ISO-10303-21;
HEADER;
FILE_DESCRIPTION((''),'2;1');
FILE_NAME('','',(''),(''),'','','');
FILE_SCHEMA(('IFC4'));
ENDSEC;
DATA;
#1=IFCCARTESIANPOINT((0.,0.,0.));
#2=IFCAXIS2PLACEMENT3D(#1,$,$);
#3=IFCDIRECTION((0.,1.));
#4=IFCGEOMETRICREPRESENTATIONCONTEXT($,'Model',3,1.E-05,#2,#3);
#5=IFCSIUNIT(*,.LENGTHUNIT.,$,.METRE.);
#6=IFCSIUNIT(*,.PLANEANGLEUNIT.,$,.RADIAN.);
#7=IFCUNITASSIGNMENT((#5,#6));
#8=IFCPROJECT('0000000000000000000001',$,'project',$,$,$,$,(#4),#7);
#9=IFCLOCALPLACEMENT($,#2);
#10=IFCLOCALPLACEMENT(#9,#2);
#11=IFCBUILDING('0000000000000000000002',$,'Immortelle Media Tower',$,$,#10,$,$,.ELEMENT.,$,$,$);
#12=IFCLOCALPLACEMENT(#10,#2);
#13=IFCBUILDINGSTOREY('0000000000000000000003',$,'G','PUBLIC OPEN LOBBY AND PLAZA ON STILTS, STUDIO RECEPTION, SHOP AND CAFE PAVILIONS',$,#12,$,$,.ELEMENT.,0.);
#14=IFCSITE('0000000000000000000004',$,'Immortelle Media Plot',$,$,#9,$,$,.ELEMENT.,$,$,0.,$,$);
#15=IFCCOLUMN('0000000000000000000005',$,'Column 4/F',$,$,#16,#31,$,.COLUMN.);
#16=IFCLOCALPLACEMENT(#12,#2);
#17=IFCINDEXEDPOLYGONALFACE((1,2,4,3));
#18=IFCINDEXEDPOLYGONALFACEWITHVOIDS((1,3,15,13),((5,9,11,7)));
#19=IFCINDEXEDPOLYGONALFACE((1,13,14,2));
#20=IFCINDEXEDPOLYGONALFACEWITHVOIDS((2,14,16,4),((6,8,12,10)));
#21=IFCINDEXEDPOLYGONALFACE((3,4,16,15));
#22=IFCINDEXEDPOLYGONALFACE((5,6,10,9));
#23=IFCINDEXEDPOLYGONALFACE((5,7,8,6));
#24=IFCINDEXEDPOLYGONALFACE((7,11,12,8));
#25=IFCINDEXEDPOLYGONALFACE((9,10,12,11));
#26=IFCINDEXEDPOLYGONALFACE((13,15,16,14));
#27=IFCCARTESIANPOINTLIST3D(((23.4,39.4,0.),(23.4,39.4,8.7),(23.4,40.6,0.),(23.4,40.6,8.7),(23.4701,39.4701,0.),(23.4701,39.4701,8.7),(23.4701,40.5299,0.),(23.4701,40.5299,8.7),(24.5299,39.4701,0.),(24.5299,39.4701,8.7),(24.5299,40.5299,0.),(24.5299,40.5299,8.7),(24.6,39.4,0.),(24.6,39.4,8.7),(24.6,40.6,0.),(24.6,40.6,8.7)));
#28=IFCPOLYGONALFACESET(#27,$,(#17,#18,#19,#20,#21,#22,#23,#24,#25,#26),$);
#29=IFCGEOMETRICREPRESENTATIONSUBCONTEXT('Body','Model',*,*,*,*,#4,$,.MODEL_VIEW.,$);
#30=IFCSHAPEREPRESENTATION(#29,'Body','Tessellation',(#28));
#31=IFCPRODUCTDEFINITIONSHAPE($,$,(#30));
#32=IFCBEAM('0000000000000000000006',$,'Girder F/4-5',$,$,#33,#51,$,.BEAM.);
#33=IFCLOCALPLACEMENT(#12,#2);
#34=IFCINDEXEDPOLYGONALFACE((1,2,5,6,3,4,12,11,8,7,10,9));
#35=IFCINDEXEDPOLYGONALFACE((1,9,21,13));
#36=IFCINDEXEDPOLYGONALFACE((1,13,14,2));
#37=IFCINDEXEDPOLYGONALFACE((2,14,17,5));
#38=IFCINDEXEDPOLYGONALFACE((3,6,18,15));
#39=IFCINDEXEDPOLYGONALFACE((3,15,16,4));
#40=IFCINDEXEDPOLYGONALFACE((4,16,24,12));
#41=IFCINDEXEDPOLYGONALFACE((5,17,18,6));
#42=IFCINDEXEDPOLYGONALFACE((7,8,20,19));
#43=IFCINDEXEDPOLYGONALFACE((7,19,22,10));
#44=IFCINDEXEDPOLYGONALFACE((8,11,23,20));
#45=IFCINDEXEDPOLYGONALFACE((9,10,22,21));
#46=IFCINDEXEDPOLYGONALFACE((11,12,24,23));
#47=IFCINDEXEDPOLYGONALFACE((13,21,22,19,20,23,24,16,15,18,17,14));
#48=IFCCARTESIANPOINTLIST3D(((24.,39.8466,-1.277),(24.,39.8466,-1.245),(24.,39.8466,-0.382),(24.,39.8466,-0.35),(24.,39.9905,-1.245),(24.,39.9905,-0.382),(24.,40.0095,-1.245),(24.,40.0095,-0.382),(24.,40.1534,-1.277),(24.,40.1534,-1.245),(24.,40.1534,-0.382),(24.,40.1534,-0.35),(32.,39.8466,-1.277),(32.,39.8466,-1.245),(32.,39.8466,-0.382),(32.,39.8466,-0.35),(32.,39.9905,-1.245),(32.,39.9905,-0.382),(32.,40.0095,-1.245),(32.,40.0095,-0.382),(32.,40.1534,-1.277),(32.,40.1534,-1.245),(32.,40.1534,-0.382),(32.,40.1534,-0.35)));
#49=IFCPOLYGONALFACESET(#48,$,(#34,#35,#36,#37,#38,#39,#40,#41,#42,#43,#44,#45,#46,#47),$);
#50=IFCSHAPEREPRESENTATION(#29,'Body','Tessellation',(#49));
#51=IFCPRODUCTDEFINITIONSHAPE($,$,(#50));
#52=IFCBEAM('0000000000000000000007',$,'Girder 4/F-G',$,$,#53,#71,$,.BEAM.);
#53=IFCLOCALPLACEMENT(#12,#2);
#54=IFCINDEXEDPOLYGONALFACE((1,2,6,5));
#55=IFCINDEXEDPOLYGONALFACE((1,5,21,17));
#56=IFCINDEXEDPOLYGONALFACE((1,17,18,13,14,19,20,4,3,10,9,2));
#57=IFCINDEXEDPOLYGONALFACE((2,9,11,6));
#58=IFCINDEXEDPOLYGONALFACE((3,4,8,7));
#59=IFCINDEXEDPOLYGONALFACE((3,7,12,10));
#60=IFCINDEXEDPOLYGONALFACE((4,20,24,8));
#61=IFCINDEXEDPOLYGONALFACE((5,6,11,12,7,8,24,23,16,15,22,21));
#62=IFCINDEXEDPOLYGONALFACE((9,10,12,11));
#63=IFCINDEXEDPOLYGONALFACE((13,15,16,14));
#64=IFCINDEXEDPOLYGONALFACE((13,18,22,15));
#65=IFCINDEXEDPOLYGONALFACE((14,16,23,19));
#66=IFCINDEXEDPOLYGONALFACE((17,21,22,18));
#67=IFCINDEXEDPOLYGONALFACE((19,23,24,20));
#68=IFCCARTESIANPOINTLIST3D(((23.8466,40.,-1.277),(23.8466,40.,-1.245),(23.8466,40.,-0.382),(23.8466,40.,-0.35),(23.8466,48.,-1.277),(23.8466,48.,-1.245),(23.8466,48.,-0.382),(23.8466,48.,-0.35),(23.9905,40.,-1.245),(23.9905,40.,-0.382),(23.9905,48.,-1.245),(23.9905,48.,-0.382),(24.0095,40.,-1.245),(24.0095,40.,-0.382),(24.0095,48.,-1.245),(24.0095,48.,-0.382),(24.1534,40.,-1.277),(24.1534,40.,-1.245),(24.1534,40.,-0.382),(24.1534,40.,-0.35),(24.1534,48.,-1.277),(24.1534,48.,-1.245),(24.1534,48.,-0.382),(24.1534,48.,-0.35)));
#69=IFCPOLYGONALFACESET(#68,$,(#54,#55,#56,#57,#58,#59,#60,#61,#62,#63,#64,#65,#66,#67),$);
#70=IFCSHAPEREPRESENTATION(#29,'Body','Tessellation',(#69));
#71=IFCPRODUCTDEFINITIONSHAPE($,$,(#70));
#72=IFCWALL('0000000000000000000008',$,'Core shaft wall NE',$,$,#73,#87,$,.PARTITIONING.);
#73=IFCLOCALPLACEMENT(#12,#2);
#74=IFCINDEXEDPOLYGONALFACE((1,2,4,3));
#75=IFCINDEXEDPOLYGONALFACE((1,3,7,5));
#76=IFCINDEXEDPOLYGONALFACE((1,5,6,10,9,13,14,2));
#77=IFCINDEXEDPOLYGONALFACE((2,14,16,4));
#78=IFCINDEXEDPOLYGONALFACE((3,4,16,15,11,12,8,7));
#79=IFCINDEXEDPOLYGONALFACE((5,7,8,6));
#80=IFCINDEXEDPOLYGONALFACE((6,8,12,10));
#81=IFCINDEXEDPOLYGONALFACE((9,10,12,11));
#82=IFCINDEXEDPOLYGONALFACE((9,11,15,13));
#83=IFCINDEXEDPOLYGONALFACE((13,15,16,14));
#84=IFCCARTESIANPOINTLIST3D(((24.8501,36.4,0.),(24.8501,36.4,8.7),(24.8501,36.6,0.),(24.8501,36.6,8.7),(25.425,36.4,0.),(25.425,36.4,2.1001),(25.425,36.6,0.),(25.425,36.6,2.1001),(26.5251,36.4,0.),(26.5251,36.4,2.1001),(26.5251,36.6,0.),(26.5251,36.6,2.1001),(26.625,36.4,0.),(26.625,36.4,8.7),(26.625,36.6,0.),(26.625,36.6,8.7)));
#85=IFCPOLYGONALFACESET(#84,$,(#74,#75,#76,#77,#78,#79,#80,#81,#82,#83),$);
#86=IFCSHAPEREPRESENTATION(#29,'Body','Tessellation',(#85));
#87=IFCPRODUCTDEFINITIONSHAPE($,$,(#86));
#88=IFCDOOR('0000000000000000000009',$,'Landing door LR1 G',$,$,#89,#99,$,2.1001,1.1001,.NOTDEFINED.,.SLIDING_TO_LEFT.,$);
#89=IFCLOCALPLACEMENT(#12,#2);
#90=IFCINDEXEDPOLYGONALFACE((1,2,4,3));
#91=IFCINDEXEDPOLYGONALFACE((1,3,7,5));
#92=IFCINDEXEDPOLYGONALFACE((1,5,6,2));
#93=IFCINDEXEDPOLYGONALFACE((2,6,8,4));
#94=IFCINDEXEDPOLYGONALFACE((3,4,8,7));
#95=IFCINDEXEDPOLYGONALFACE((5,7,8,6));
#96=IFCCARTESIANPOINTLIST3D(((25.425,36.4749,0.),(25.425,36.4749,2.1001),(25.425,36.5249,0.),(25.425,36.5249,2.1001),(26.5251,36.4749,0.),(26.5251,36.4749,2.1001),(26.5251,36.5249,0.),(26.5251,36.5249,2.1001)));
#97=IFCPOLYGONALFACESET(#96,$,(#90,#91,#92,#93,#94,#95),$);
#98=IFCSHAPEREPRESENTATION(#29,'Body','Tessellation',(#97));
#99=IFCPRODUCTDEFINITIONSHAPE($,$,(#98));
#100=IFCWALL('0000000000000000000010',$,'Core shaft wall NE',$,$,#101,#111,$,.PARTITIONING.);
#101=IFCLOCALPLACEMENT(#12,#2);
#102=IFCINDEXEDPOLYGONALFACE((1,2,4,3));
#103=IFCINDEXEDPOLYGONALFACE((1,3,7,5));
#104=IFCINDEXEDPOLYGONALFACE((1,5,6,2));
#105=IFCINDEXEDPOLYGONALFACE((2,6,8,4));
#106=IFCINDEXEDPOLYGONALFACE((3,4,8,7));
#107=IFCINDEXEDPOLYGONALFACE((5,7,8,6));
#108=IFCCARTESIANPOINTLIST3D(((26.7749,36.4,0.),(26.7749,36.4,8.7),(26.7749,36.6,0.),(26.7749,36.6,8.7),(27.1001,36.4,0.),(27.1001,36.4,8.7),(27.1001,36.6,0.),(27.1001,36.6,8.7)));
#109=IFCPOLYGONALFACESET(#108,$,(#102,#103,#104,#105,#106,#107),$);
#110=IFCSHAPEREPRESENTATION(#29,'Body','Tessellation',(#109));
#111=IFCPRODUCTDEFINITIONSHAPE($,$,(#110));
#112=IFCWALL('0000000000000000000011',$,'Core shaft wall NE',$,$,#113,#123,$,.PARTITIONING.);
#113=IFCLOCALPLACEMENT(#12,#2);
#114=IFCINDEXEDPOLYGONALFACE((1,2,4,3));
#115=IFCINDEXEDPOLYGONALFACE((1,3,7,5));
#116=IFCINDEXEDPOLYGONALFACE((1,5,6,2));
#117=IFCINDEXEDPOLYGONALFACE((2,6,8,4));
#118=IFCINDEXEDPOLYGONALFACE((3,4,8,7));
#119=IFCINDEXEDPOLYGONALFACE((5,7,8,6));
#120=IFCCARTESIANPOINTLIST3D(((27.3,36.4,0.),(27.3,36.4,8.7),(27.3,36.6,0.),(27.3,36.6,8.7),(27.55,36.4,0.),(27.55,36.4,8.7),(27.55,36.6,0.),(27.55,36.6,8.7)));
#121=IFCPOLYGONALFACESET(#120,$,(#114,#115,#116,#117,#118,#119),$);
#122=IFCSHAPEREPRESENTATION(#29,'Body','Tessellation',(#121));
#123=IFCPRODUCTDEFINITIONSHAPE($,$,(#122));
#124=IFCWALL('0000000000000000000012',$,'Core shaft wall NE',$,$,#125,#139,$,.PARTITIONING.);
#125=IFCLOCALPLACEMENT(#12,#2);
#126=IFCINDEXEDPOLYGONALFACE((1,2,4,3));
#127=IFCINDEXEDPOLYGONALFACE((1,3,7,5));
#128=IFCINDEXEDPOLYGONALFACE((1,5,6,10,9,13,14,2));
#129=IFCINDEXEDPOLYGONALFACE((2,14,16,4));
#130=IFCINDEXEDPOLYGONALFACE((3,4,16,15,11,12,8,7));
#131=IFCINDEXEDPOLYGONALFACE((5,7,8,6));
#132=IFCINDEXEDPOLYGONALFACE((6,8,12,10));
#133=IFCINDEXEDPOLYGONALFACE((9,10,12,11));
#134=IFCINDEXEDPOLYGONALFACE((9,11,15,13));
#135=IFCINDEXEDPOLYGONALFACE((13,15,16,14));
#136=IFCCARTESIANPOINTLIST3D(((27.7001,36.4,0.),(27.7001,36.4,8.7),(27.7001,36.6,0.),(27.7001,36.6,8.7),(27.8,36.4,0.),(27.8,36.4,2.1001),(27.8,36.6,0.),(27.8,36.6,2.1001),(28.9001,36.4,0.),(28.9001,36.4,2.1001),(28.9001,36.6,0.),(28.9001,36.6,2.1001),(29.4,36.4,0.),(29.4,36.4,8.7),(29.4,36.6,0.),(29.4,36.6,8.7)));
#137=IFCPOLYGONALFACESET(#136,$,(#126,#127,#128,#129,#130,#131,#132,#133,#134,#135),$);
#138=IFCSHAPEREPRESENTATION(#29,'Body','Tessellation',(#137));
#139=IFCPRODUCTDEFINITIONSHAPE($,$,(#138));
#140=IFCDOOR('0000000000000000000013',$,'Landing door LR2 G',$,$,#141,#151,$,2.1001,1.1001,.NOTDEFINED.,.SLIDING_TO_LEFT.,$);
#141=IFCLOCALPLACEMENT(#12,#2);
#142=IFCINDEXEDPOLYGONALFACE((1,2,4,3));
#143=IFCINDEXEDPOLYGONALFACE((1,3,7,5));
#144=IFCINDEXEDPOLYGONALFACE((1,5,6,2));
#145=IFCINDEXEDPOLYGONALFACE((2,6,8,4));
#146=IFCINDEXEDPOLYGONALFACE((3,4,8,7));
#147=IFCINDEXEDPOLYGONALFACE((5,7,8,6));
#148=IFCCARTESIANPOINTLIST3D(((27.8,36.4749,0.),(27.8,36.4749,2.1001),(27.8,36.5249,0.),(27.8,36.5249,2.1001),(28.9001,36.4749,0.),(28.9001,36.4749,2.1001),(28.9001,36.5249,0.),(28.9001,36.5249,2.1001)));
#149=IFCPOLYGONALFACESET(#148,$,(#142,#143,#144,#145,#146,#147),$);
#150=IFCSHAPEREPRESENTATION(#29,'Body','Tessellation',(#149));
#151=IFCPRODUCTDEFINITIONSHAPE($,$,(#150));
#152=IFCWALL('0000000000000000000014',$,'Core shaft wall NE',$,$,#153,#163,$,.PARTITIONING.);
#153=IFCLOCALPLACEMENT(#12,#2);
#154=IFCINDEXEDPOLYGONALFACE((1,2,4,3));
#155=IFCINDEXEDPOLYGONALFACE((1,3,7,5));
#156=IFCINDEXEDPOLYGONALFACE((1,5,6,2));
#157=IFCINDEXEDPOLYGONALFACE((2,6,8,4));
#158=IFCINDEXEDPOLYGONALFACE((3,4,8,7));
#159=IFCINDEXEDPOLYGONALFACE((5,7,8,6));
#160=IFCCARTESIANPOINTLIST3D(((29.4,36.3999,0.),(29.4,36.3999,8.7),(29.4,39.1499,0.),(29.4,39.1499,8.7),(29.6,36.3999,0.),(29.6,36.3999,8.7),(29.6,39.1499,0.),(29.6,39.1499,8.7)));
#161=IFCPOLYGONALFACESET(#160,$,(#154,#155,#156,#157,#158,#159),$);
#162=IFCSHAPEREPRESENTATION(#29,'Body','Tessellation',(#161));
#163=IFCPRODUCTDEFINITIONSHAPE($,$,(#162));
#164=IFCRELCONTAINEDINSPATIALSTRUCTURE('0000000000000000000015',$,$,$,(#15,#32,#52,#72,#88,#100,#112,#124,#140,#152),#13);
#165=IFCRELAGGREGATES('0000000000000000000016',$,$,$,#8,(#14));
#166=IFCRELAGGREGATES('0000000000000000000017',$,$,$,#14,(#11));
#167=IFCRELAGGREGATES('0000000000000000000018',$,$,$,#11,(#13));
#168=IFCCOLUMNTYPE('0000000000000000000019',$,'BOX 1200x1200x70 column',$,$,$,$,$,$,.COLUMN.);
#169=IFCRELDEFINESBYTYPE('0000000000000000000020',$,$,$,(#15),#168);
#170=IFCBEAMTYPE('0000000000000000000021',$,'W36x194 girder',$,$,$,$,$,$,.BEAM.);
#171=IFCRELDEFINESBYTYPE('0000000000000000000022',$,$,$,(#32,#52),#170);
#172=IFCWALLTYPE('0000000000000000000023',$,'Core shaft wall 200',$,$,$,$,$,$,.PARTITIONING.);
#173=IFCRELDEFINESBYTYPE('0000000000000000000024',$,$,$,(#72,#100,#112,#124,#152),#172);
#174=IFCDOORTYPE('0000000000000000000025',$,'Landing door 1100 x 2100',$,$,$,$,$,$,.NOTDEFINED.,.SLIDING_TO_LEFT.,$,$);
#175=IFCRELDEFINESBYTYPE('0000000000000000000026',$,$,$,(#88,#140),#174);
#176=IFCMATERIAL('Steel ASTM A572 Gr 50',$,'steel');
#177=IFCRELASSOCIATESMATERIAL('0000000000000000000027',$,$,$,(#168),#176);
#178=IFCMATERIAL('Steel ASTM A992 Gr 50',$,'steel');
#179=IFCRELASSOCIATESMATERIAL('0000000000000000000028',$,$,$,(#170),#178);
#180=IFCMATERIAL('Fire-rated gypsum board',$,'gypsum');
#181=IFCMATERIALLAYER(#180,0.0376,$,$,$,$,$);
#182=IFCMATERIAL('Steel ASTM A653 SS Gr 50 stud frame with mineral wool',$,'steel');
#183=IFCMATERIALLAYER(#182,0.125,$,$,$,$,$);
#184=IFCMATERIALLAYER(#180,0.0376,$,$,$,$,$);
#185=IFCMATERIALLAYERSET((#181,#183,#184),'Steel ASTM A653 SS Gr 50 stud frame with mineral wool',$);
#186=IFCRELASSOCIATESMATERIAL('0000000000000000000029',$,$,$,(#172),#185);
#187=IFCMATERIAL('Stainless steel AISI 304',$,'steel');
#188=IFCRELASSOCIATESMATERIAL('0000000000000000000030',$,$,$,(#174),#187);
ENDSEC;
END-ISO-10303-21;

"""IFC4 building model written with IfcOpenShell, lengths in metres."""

from ifc_helpers import new_model, si_unit, direction, frame, frame_2d, origin, origin_2d, place, context, subcontext, project, spatial, rectangle, hollow_rectangle, i_section, extrude, material, layer, layer_set, material_profile, profile_set, type_object, element, fill, save


model = new_model("IFC4")

# Units and contexts
model_context = context("Model", 3, precision=1e-05, world=origin(), true_north=direction((0.0, 1.0)))
body_context = subcontext(model_context, "Body", "Model", "MODEL_VIEW")
ifc_project = project(units=[si_unit("LENGTHUNIT", "METRE"), si_unit("PLANEANGLEUNIT", "RADIAN")], contexts=[model_context])

# Site, building, storey
site_placement = place(None, origin())
site = spatial("IfcSite", under=ifc_project, at=site_placement, Name="Immortelle Media Plot", CompositionType="ELEMENT", RefElevation=0.0)
building_placement = place(site_placement, origin())
building = spatial("IfcBuilding", under=site, at=building_placement, Name="Immortelle Media Tower", CompositionType="ELEMENT")
storey_placement = place(building_placement, origin())
storey = spatial("IfcBuildingStorey", under=building, at=storey_placement, Name="G", Description="PUBLIC OPEN LOBBY AND PLAZA ON STILTS, STUDIO RECEPTION, SHOP AND CAFE PAVILIONS", CompositionType="ELEMENT", Elevation=0.0)

# Column
ifc_material_1 = material(Name="Steel ASTM A572 Gr 50", Category="steel")
ifc_material_profile_1 = material_profile(ifc_material_1, hollow_rectangle(XDim=1.2, YDim=1.2, WallThickness=0.0701, at=origin_2d()), Name="BOX 1200x1200x70 column")
ifc_profile_set_1 = profile_set([ifc_material_profile_1], Name="Steel ASTM A572 Gr 50")
column_type = type_object("IfcColumnType", Name="BOX 1200x1200x70 column", PredefinedType="COLUMN", material=ifc_profile_set_1)
column_placement = place(storey_placement, frame((24.0, 40.0, 0.0), z_axis=(0.0, 0.0, 1.0), x_axis=(1.0, 0.0, 0.0)))
element("IfcColumn", 1, at=column_placement, inside=storey, type_object=column_type, Name="Column 4/F", PredefinedType="COLUMN", context=body_context, shape_type="SweptSolid", body=[
    extrude(hollow_rectangle(XDim=1.2, YDim=1.2, WallThickness=0.0701, at=origin_2d()), origin(), (0.0, 0.0, 1.0), 8.7),
])

# Beams
ifc_material_2 = material(Name="Steel ASTM A992 Gr 50", Category="steel")
ifc_material_profile_2 = material_profile(ifc_material_2, i_section(OverallWidth=0.3069, OverallDepth=0.927, WebThickness=0.019, FlangeThickness=0.032, at=origin_2d()), Name="W36x194")
ifc_profile_set_2 = profile_set([ifc_material_profile_2], Name="Steel ASTM A992 Gr 50")
beam_type = type_object("IfcBeamType", Name="W36x194 girder", PredefinedType="BEAM", material=ifc_profile_set_2)
for number, where, z_axis, x_axis, name in (
    (2, (24.0, 40.0, -0.8135), (1.0, 0.0, 0.0), (0.0, 1.0, 0.0), "Girder F/4-5"),
    (3, (24.0, 40.0, -0.8135), (0.0, 1.0, 0.0), (-1.0, 0.0, 0.0), "Girder 4/F-G"),
):
    element("IfcBeam", number, at=place(storey_placement, frame(where, z_axis=z_axis, x_axis=x_axis)), inside=storey, type_object=beam_type, Name=name, PredefinedType="BEAM", context=body_context, shape_type="SweptSolid", body=[
        extrude(i_section(OverallWidth=0.3069, OverallDepth=0.927, WebThickness=0.019, FlangeThickness=0.032, at=origin_2d()), origin(), (0.0, 0.0, 1.0), 8.0),
    ])

# Wall, opening, door
ifc_material_3 = material(Name="Fire-rated gypsum board", Category="gypsum")
ifc_layer_1 = layer(ifc_material_3, 0.0376)
ifc_material_4 = material(Name="Steel ASTM A653 SS Gr 50 stud frame with mineral wool", Category="steel")
ifc_layer_2 = layer(ifc_material_4, 0.125)
ifc_layer_3 = layer(ifc_material_3, 0.0376)
ifc_layer_set_1 = layer_set([ifc_layer_1, ifc_layer_2, ifc_layer_3], Name="Steel ASTM A653 SS Gr 50 stud frame with mineral wool")
wall_type_1 = type_object("IfcWallType", Name="Core shaft wall 200", PredefinedType="PARTITIONING", material=ifc_layer_set_1)
wall_1_placement = place(storey_placement, frame((24.8501, 36.5, 0.0), z_axis=(0.0, 0.0, 1.0), x_axis=(1.0, 0.0, 0.0)))
wall_1 = element("IfcWall", 4, at=wall_1_placement, inside=storey, type_object=wall_type_1, Name="Core shaft wall NE", PredefinedType="PARTITIONING", context=body_context, shape_type="SweptSolid", body=[
    extrude(rectangle(XDim=1.7749, YDim=0.2, at=frame_2d((0.8875, 0.0))), origin(), (0.0, 0.0, 1.0), 8.7),
])
opening_1_placement = place(wall_1_placement, frame((0.575, 0.0, 0.0)))
opening_1 = element("IfcOpeningElement", 5, at=opening_1_placement, cuts=wall_1, PredefinedType="OPENING", context=body_context, shape_type="SweptSolid", body=[
    extrude(rectangle(XDim=1.1001, YDim=2.1001, at=frame_2d((0.55, 1.05))), frame((0.0, 0.1099, 0.0), z_axis=(0.0, -1.0, 0.0), x_axis=(1.0, 0.0, 0.0)), (0.0, 0.0, 1.0), 0.22),
])
ifc_material_5 = material(Name="Stainless steel AISI 304", Category="steel")
door_type = type_object("IfcDoorType", Name="Landing door 1100 x 2100", OperationType="SLIDING_TO_LEFT", PredefinedType="NOTDEFINED", material=ifc_material_5)
door_1_placement = place(opening_1_placement, origin())
door_1 = element("IfcDoor", 6, at=door_1_placement, inside=storey, type_object=door_type, Name="Landing door LR1 G", OperationType="SLIDING_TO_LEFT", OverallHeight=2.1001, OverallWidth=1.1001, PredefinedType="NOTDEFINED", context=body_context, shape_type="SweptSolid", body=[
    extrude(rectangle(XDim=1.1001, YDim=2.1001, at=frame_2d((0.55, 1.05))), frame((0.0, 0.0249, 0.0), z_axis=(0.0, -1.0, 0.0), x_axis=(1.0, 0.0, 0.0)), (0.0, 0.0, 1.0), 0.05),
])
fill(opening_1, door_1)

# Walls
wall_2_placement = place(storey_placement, frame((26.7749, 36.5, 0.0), z_axis=(0.0, 0.0, 1.0), x_axis=(1.0, 0.0, 0.0)))
element("IfcWall", 7, at=wall_2_placement, inside=storey, type_object=wall_type_1, Name="Core shaft wall NE", PredefinedType="PARTITIONING", context=body_context, shape_type="SweptSolid", body=[
    extrude(rectangle(XDim=0.3252, YDim=0.2, at=frame_2d((0.1626, 0.0))), origin(), (0.0, 0.0, 1.0), 8.7),
])
wall_3_placement = place(storey_placement, frame((27.3, 36.5, 0.0), z_axis=(0.0, 0.0, 1.0), x_axis=(1.0, 0.0, 0.0)))
element("IfcWall", 8, at=wall_3_placement, inside=storey, type_object=wall_type_1, Name="Core shaft wall NE", PredefinedType="PARTITIONING", context=body_context, shape_type="SweptSolid", body=[
    extrude(rectangle(XDim=0.25, YDim=0.2, at=frame_2d((0.125, 0.0))), origin(), (0.0, 0.0, 1.0), 8.7),
])

# Wall, opening, door
wall_4_placement = place(storey_placement, frame((27.7, 36.5, 0.0), z_axis=(0.0, 0.0, 1.0), x_axis=(1.0, 0.0, 0.0)))
wall_4 = element("IfcWall", 9, at=wall_4_placement, inside=storey, type_object=wall_type_1, Name="Core shaft wall NE", PredefinedType="PARTITIONING", context=body_context, shape_type="SweptSolid", body=[
    extrude(rectangle(XDim=1.7, YDim=0.2, at=frame_2d((0.8501, 0.0))), origin(), (0.0, 0.0, 1.0), 8.7),
])
opening_2_placement = place(wall_4_placement, frame((0.1001, 0.0, 0.0)))
opening_2 = element("IfcOpeningElement", 10, at=opening_2_placement, cuts=wall_4, PredefinedType="OPENING", context=body_context, shape_type="SweptSolid", body=[
    extrude(rectangle(XDim=1.1001, YDim=2.1001, at=frame_2d((0.55, 1.05))), frame((0.0, 0.1099, 0.0), z_axis=(0.0, -1.0, 0.0), x_axis=(1.0, 0.0, 0.0)), (0.0, 0.0, 1.0), 0.22),
])
door_2_placement = place(opening_2_placement, origin())
door_2 = element("IfcDoor", 11, at=door_2_placement, inside=storey, type_object=door_type, Name="Landing door LR2 G", OperationType="SLIDING_TO_LEFT", OverallHeight=2.1001, OverallWidth=1.1001, PredefinedType="NOTDEFINED", context=body_context, shape_type="SweptSolid", body=[
    extrude(rectangle(XDim=1.1001, YDim=2.1001, at=frame_2d((0.55, 1.05))), frame((0.0, 0.0249, 0.0), z_axis=(0.0, -1.0, 0.0), x_axis=(1.0, 0.0, 0.0)), (0.0, 0.0, 1.0), 0.05),
])
fill(opening_2, door_2)

# Wall
wall_5_placement = place(storey_placement, frame((29.5, 36.3999, 0.0), z_axis=(0.0, 0.0, 1.0), x_axis=(0.0, 1.0, 0.0)))
element("IfcWall", 12, at=wall_5_placement, inside=storey, type_object=wall_type_1, Name="Core shaft wall NE", PredefinedType="PARTITIONING", context=body_context, shape_type="SweptSolid", body=[
    extrude(rectangle(XDim=2.75, YDim=0.2, at=frame_2d((1.375, 0.0))), origin(), (0.0, 0.0, 1.0), 8.7),
])

save(model, "model.ifc")
